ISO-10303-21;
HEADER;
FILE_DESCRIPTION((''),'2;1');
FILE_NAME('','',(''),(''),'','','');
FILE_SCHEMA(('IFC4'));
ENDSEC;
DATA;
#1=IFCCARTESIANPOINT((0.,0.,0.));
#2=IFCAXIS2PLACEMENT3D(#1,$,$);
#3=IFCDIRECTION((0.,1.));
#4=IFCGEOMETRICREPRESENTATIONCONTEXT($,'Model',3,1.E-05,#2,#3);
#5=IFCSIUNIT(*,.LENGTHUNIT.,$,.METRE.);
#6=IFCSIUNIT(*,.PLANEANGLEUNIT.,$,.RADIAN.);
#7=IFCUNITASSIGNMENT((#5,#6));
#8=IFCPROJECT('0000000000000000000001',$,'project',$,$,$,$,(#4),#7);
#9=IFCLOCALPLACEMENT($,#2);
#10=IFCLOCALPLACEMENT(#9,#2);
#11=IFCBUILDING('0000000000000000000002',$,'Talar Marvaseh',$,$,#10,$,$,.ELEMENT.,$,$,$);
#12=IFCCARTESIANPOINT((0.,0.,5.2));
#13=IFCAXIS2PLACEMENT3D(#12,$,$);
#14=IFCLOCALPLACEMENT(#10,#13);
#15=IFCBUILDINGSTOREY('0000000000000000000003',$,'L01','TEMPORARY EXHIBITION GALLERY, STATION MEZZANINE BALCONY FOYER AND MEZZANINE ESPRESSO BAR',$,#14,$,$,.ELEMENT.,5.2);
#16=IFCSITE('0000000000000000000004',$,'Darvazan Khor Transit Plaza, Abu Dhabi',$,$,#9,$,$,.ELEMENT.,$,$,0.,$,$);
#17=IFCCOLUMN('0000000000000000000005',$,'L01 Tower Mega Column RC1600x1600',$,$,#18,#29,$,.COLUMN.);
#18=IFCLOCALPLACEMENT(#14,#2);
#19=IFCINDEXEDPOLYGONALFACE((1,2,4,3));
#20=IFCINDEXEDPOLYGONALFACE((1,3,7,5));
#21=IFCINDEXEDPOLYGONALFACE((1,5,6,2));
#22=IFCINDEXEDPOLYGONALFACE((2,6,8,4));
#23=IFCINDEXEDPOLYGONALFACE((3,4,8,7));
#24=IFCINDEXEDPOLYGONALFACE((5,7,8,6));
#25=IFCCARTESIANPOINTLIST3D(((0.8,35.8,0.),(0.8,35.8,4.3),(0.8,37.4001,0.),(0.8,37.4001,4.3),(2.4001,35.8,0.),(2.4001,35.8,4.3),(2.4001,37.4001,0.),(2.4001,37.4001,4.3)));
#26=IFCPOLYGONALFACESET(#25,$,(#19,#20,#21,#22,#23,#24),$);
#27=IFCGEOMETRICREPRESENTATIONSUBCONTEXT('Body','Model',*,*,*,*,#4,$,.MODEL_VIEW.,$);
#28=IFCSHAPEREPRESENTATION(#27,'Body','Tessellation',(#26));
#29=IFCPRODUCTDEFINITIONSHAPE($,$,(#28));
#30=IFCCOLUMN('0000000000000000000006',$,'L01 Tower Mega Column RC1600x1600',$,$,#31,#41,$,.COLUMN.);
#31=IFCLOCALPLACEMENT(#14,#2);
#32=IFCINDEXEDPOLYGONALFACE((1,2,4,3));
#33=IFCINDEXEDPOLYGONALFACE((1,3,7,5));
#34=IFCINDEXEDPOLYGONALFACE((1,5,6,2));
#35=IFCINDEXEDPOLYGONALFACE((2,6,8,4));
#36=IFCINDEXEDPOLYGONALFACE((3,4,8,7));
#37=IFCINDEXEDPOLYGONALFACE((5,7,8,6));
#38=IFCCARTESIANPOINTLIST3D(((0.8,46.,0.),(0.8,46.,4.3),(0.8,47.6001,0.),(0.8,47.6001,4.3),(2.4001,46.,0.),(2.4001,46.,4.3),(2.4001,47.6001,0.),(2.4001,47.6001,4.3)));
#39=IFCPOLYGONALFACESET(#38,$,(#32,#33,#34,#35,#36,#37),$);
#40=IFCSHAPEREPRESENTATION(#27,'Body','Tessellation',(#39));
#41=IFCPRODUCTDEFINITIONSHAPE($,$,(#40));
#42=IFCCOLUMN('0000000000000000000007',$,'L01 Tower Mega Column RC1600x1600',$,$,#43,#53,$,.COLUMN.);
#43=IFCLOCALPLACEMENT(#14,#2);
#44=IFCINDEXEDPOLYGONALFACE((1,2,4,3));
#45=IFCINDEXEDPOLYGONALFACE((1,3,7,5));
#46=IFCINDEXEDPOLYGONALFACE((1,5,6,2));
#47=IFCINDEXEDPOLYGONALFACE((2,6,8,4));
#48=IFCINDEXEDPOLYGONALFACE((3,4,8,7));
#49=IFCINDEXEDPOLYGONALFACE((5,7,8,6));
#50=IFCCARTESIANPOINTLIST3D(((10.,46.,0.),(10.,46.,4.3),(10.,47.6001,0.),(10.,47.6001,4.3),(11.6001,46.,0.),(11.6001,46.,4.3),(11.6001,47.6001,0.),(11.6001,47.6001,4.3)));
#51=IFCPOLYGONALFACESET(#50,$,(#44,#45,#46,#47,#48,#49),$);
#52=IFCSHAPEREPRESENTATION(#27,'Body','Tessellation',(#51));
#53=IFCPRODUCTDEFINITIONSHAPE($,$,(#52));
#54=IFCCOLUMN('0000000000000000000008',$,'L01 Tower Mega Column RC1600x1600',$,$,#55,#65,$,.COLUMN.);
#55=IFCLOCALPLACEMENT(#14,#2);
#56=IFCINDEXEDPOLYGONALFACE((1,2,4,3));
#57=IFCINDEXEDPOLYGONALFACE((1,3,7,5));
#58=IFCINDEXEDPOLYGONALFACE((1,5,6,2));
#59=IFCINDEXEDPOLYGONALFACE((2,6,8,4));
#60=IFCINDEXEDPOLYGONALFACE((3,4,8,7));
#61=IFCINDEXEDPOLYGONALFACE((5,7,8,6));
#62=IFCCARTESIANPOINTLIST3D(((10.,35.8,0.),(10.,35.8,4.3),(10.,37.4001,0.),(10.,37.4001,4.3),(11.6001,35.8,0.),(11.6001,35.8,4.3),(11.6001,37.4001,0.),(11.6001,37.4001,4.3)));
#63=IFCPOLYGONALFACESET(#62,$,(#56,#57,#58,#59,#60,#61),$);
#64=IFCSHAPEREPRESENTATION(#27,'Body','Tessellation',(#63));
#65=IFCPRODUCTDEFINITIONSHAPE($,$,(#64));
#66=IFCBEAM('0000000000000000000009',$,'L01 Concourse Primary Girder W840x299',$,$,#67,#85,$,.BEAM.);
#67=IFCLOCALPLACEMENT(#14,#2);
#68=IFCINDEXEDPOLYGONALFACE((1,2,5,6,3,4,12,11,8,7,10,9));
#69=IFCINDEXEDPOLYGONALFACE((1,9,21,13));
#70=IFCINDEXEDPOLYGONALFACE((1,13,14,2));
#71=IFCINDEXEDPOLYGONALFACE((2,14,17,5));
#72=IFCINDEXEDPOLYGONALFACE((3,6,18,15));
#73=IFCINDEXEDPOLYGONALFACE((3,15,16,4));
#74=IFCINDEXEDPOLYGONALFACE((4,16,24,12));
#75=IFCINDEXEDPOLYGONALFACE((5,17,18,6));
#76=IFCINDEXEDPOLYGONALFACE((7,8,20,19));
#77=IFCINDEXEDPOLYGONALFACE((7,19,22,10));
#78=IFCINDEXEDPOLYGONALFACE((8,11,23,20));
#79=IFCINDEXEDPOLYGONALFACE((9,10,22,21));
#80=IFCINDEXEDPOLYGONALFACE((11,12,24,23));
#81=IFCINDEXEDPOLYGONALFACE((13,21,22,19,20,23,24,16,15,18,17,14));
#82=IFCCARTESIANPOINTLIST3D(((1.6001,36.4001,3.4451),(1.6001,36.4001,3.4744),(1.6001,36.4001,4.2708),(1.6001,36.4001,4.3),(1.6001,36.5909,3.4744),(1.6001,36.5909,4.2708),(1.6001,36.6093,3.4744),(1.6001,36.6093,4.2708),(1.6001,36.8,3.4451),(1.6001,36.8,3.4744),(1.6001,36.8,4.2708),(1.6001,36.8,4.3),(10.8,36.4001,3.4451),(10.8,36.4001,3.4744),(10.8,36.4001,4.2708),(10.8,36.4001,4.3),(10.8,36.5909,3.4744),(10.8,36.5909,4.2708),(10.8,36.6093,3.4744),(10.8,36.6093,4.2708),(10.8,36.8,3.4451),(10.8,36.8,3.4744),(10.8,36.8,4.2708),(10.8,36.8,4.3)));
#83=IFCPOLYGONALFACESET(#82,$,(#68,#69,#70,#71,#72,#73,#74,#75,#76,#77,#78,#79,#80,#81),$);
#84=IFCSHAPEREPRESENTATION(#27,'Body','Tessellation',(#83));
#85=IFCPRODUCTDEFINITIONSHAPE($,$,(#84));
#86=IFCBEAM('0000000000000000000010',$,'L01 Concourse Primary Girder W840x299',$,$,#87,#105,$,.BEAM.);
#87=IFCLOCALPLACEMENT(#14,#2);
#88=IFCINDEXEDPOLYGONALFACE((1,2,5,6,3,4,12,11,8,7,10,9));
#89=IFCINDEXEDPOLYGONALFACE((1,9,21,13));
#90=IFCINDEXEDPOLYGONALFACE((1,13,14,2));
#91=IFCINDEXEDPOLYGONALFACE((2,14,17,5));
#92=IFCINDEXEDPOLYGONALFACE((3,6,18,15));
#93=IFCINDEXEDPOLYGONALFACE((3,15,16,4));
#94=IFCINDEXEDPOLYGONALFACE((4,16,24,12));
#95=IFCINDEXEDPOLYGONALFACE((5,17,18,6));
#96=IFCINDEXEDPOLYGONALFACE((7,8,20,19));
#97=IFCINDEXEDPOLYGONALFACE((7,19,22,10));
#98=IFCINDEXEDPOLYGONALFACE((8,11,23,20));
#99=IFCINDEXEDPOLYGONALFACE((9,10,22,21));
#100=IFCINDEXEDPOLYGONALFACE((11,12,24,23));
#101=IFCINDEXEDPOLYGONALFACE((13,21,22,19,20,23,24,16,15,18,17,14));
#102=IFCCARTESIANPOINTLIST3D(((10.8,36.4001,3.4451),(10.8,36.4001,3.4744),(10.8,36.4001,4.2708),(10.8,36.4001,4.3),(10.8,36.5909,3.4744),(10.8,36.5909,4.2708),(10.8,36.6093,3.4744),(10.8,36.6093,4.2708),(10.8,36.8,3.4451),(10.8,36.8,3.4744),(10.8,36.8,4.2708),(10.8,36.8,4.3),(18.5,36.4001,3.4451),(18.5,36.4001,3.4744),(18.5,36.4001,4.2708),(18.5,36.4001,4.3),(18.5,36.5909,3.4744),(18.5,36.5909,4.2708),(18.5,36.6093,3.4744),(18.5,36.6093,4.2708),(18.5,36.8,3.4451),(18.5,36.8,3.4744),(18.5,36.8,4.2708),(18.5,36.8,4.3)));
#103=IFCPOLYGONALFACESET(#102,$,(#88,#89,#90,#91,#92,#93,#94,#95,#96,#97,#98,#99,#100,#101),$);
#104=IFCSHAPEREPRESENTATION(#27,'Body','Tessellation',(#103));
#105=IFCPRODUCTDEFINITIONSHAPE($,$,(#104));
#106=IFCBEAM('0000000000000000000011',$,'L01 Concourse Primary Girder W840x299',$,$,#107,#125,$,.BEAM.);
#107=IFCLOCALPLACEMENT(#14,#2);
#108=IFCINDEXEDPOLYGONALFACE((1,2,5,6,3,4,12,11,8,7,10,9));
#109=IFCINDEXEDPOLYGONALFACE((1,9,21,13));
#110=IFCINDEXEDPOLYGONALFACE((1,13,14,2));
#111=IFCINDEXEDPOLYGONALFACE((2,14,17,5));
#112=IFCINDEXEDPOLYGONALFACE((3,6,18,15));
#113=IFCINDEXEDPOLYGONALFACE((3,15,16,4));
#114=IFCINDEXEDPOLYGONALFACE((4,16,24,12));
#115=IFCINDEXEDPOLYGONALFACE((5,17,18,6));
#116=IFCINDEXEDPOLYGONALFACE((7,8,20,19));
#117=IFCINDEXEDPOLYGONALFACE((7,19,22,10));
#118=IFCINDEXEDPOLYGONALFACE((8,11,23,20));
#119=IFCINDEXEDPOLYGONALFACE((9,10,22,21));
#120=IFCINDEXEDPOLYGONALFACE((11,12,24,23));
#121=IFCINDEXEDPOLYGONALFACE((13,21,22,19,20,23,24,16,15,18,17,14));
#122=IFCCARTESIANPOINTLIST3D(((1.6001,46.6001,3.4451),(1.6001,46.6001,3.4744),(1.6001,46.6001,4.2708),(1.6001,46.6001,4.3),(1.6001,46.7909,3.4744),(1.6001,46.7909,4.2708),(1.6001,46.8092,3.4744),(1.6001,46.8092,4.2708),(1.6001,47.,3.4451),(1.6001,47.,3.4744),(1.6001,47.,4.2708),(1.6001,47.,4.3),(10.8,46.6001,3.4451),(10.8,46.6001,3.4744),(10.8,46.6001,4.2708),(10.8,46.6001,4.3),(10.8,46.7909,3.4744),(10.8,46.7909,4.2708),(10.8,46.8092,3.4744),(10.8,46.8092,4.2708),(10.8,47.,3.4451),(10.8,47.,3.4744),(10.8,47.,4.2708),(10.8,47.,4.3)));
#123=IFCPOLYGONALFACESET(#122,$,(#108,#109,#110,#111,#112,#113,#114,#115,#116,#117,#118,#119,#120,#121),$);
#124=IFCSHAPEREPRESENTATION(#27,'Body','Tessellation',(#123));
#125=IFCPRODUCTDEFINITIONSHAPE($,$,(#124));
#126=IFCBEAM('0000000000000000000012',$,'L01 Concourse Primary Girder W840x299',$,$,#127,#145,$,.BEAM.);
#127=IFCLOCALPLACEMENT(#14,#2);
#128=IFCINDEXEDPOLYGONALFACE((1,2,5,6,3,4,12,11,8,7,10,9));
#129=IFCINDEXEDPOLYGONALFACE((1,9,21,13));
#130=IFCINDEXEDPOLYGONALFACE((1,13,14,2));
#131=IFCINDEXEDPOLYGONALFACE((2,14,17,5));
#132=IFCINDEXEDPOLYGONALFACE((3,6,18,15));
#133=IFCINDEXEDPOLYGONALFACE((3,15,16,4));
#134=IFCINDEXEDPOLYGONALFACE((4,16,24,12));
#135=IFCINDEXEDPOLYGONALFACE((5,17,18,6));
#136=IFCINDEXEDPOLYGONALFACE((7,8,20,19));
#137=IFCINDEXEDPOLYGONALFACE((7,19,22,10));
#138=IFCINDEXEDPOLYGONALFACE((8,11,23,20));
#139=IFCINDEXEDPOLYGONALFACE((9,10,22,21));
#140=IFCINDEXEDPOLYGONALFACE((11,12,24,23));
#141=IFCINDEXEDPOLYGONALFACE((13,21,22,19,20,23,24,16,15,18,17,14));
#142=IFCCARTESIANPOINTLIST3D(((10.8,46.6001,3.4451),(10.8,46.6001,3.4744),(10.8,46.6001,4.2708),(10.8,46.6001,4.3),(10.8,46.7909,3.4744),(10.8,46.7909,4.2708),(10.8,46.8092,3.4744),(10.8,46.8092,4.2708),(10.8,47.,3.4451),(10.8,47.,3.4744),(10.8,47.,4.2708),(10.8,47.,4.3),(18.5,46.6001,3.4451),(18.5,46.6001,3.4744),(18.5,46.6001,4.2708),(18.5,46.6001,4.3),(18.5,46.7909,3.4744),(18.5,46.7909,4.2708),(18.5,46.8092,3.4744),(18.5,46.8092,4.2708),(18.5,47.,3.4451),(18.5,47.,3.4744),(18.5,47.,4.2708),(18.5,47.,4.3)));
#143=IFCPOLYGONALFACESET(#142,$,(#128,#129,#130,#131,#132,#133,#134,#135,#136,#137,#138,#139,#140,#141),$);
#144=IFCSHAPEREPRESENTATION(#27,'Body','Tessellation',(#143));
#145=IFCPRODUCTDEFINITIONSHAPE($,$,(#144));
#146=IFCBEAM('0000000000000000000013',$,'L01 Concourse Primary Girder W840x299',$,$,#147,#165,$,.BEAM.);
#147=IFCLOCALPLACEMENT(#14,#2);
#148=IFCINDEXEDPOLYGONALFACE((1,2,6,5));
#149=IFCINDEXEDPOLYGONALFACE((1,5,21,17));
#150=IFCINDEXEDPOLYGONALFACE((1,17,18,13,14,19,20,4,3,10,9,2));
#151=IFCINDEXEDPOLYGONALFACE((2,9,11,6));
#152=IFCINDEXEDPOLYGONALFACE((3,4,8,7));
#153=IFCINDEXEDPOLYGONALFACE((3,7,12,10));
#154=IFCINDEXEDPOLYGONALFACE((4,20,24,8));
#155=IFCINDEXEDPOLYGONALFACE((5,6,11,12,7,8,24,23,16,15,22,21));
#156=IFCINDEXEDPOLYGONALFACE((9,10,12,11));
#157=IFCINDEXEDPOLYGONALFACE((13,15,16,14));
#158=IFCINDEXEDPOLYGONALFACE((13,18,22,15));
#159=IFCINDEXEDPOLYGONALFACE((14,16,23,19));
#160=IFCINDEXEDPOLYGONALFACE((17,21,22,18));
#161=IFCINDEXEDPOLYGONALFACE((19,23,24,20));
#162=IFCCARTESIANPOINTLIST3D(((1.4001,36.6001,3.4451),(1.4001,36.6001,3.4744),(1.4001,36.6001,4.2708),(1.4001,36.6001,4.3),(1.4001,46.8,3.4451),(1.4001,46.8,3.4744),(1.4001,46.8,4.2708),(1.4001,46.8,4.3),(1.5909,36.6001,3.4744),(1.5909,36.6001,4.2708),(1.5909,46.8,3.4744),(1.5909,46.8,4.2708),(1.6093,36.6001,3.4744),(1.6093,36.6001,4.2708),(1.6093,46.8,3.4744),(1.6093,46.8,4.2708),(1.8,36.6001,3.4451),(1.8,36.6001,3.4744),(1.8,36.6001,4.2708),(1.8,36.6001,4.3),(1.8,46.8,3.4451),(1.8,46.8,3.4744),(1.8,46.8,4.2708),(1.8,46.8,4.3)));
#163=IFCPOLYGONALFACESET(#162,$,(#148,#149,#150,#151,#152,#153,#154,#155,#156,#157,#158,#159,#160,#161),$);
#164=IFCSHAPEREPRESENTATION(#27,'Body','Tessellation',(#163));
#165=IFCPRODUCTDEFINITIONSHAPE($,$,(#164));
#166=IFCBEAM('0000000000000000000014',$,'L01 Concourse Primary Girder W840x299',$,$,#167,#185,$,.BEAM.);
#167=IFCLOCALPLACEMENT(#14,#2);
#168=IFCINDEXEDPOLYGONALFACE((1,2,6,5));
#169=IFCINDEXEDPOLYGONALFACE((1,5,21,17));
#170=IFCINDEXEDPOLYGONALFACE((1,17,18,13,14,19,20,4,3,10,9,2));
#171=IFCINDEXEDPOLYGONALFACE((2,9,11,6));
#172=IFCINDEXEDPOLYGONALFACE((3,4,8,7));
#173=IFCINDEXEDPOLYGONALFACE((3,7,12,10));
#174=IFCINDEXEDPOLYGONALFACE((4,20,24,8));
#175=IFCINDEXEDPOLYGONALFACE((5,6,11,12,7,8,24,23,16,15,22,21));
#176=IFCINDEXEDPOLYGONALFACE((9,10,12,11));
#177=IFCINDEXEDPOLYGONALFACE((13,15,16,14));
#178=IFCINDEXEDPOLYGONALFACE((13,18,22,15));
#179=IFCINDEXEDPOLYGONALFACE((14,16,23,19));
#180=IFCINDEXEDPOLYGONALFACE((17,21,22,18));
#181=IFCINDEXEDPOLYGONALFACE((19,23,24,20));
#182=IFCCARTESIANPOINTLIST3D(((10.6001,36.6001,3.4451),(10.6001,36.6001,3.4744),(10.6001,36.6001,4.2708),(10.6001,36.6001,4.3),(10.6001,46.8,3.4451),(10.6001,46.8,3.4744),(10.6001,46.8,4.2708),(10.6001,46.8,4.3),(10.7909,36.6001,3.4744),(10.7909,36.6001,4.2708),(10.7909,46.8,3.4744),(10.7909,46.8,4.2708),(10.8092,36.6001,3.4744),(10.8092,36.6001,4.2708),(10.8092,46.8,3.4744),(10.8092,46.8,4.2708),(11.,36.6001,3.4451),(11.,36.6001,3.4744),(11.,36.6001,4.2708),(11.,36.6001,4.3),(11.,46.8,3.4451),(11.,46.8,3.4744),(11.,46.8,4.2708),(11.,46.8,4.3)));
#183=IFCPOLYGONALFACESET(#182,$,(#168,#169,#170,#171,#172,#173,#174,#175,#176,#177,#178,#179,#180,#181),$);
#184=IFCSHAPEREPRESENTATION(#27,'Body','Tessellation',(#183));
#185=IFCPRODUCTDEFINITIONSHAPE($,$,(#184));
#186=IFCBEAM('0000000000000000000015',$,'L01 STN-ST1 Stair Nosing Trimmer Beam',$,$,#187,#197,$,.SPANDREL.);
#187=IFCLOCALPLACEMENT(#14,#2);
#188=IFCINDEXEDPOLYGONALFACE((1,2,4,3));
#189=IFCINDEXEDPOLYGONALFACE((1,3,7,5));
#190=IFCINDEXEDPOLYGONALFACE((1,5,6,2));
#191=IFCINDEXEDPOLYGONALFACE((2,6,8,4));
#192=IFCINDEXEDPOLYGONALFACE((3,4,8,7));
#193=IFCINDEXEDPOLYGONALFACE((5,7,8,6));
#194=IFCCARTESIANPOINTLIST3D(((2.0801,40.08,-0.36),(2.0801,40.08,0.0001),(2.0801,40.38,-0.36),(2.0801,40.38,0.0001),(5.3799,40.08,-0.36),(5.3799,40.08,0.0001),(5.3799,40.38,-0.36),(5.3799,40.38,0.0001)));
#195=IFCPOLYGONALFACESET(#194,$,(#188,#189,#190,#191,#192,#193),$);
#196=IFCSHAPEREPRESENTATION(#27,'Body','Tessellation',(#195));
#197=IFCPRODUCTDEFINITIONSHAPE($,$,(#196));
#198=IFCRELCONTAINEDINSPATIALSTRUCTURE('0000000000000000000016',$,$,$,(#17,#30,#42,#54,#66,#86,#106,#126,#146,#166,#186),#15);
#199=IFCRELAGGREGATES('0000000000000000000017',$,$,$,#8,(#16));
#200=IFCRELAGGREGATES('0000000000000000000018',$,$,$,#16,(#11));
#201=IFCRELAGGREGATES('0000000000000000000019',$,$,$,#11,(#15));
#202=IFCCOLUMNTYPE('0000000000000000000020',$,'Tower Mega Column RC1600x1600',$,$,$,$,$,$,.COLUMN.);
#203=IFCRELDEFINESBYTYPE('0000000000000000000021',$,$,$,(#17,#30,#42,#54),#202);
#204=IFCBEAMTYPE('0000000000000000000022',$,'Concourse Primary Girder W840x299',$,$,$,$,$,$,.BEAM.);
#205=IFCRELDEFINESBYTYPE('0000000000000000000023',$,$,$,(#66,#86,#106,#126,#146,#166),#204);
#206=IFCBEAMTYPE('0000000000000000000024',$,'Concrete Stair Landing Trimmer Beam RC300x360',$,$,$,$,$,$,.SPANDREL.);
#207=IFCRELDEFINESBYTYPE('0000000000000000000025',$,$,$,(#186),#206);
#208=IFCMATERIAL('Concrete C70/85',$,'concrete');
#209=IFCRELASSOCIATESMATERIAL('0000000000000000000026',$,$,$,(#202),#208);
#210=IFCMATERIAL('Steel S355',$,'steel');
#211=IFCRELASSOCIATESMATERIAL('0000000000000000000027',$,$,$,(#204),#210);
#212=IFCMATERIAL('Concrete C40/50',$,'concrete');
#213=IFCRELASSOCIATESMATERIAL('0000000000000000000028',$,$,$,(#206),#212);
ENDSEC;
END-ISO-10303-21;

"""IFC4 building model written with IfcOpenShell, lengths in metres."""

from ifc_helpers import new_model, si_unit, direction, frame, origin, origin_2d, place, context, subcontext, project, spatial, rectangle, i_section, extrude, material, material_profile, profile_set, type_object, element, save


model = new_model("IFC4")

# Units and contexts
model_context = context("Model", 3, precision=1e-05, world=origin(), true_north=direction((0.0, 1.0)))
body_context = subcontext(model_context, "Body", "Model", "MODEL_VIEW")
ifc_project = project(units=[si_unit("LENGTHUNIT", "METRE"), si_unit("PLANEANGLEUNIT", "RADIAN")], contexts=[model_context])

# Site, building, storey
site_placement = place(None, origin())
site = spatial("IfcSite", under=ifc_project, at=site_placement, Name="Darvazan Khor Transit Plaza, Abu Dhabi", CompositionType="ELEMENT", RefElevation=0.0)
building_placement = place(site_placement, origin())
building = spatial("IfcBuilding", under=site, at=building_placement, Name="Talar Marvaseh", CompositionType="ELEMENT")
storey_placement = place(building_placement, frame((0.0, 0.0, 5.2)))
storey = spatial("IfcBuildingStorey", under=building, at=storey_placement, Name="L01", Description="TEMPORARY EXHIBITION GALLERY, STATION MEZZANINE BALCONY FOYER AND MEZZANINE ESPRESSO BAR", CompositionType="ELEMENT", Elevation=5.2)

# Columns
ifc_material_1 = material(Name="Concrete C70/85", Category="concrete")
ifc_material_profile_1 = material_profile(ifc_material_1, rectangle(XDim=1.6001, YDim=1.6001, at=origin_2d()), Name="RC1600x1600")
ifc_profile_set_1 = profile_set([ifc_material_profile_1], Name="Concrete C70/85")
column_type = type_object("IfcColumnType", Name="Tower Mega Column RC1600x1600", PredefinedType="COLUMN", material=ifc_profile_set_1)
for number, where, z_axis, x_axis, name in (
    (1, (1.6001, 36.6001, 0.0), (0.0, 0.0, 1.0), (1.0, 0.0, 0.0), "L01 Tower Mega Column RC1600x1600"),
    (2, (1.6001, 46.8, 0.0), (0.0, 0.0, 1.0), (1.0, 0.0, 0.0), "L01 Tower Mega Column RC1600x1600"),
    (3, (10.8, 46.8, 0.0), (0.0, 0.0, 1.0), (1.0, 0.0, 0.0), "L01 Tower Mega Column RC1600x1600"),
    (4, (10.8, 36.6001, 0.0), (0.0, 0.0, 1.0), (1.0, 0.0, 0.0), "L01 Tower Mega Column RC1600x1600"),
):
    element("IfcColumn", number, at=place(storey_placement, frame(where, z_axis=z_axis, x_axis=x_axis)), inside=storey, type_object=column_type, Name=name, PredefinedType="COLUMN", context=body_context, shape_type="SweptSolid", body=[
        extrude(rectangle(XDim=1.6001, YDim=1.6001, at=origin_2d()), origin(), (0.0, 0.0, 1.0), 4.3),
    ])

# Beams
ifc_material_2 = material(Name="Steel S355", Category="steel")
ifc_material_profile_2 = material_profile(ifc_material_2, i_section(OverallWidth=0.3999, OverallDepth=0.855, WebThickness=0.0183, FlangeThickness=0.0293, at=origin_2d()), Name="W840x299")
ifc_profile_set_2 = profile_set([ifc_material_profile_2], Name="Steel S355")
beam_type_1 = type_object("IfcBeamType", Name="Concourse Primary Girder W840x299", PredefinedType="BEAM", material=ifc_profile_set_2)
beam_1_placement = place(storey_placement, frame((1.6001, 36.6001, 3.8726), z_axis=(1.0, 0.0, 0.0), x_axis=(0.0, 1.0, 0.0)))
element("IfcBeam", 5, at=beam_1_placement, inside=storey, type_object=beam_type_1, Name="L01 Concourse Primary Girder W840x299", PredefinedType="BEAM", context=body_context, shape_type="SweptSolid", body=[
    extrude(i_section(OverallWidth=0.3999, OverallDepth=0.855, WebThickness=0.0183, FlangeThickness=0.0293, at=origin_2d()), origin(), (0.0, 0.0, 1.0), 9.2),
])
beam_2_placement = place(storey_placement, frame((10.8, 36.6001, 3.8726), z_axis=(1.0, 0.0, 0.0), x_axis=(0.0, 1.0, 0.0)))
element("IfcBeam", 6, at=beam_2_placement, inside=storey, type_object=beam_type_1, Name="L01 Concourse Primary Girder W840x299", PredefinedType="BEAM", context=body_context, shape_type="SweptSolid", body=[
    extrude(i_section(OverallWidth=0.3999, OverallDepth=0.855, WebThickness=0.0183, FlangeThickness=0.0293, at=origin_2d()), origin(), (0.0, 0.0, 1.0), 7.7),
])
beam_3_placement = place(storey_placement, frame((1.6001, 46.8, 3.8726), z_axis=(1.0, 0.0, 0.0), x_axis=(0.0, 1.0, 0.0)))
element("IfcBeam", 7, at=beam_3_placement, inside=storey, type_object=beam_type_1, Name="L01 Concourse Primary Girder W840x299", PredefinedType="BEAM", context=body_context, shape_type="SweptSolid", body=[
    extrude(i_section(OverallWidth=0.3999, OverallDepth=0.855, WebThickness=0.0183, FlangeThickness=0.0293, at=origin_2d()), origin(), (0.0, 0.0, 1.0), 9.2),
])
beam_4_placement = place(storey_placement, frame((10.8, 46.8, 3.8726), z_axis=(1.0, 0.0, 0.0), x_axis=(0.0, 1.0, 0.0)))
element("IfcBeam", 8, at=beam_4_placement, inside=storey, type_object=beam_type_1, Name="L01 Concourse Primary Girder W840x299", PredefinedType="BEAM", context=body_context, shape_type="SweptSolid", body=[
    extrude(i_section(OverallWidth=0.3999, OverallDepth=0.855, WebThickness=0.0183, FlangeThickness=0.0293, at=origin_2d()), origin(), (0.0, 0.0, 1.0), 7.7),
])
for number, where, z_axis, x_axis, name in (
    (9, (1.6001, 36.6001, 3.8726), (0.0, 1.0, 0.0), (-1.0, 0.0, 0.0), "L01 Concourse Primary Girder W840x299"),
    (10, (10.8, 36.6001, 3.8726), (0.0, 1.0, 0.0), (-1.0, 0.0, 0.0), "L01 Concourse Primary Girder W840x299"),
):
    element("IfcBeam", number, at=place(storey_placement, frame(where, z_axis=z_axis, x_axis=x_axis)), inside=storey, type_object=beam_type_1, Name=name, PredefinedType="BEAM", context=body_context, shape_type="SweptSolid", body=[
        extrude(i_section(OverallWidth=0.3999, OverallDepth=0.855, WebThickness=0.0183, FlangeThickness=0.0293, at=origin_2d()), origin(), (0.0, 0.0, 1.0), 10.2),
    ])
ifc_material_3 = material(Name="Concrete C40/50", Category="concrete")
ifc_material_profile_3 = material_profile(ifc_material_3, rectangle(XDim=0.3, YDim=0.3601, at=origin_2d()), Name="RC300x360")
ifc_profile_set_3 = profile_set([ifc_material_profile_3], Name="Concrete C40/50")
beam_type_2 = type_object("IfcBeamType", Name="Concrete Stair Landing Trimmer Beam RC300x360", PredefinedType="SPANDREL", material=ifc_profile_set_3)
beam_5_placement = place(storey_placement, frame((5.3799, 40.23, -0.1799), z_axis=(-1.0, 0.0, 0.0), x_axis=(0.0, -1.0, 0.0)))
element("IfcBeam", 11, at=beam_5_placement, inside=storey, type_object=beam_type_2, Name="L01 STN-ST1 Stair Nosing Trimmer Beam", PredefinedType="SPANDREL", context=body_context, shape_type="SweptSolid", body=[
    extrude(rectangle(XDim=0.3, YDim=0.3601, at=origin_2d()), origin(), (0.0, 0.0, 1.0), 3.2998),
])

save(model, "model.ifc")
